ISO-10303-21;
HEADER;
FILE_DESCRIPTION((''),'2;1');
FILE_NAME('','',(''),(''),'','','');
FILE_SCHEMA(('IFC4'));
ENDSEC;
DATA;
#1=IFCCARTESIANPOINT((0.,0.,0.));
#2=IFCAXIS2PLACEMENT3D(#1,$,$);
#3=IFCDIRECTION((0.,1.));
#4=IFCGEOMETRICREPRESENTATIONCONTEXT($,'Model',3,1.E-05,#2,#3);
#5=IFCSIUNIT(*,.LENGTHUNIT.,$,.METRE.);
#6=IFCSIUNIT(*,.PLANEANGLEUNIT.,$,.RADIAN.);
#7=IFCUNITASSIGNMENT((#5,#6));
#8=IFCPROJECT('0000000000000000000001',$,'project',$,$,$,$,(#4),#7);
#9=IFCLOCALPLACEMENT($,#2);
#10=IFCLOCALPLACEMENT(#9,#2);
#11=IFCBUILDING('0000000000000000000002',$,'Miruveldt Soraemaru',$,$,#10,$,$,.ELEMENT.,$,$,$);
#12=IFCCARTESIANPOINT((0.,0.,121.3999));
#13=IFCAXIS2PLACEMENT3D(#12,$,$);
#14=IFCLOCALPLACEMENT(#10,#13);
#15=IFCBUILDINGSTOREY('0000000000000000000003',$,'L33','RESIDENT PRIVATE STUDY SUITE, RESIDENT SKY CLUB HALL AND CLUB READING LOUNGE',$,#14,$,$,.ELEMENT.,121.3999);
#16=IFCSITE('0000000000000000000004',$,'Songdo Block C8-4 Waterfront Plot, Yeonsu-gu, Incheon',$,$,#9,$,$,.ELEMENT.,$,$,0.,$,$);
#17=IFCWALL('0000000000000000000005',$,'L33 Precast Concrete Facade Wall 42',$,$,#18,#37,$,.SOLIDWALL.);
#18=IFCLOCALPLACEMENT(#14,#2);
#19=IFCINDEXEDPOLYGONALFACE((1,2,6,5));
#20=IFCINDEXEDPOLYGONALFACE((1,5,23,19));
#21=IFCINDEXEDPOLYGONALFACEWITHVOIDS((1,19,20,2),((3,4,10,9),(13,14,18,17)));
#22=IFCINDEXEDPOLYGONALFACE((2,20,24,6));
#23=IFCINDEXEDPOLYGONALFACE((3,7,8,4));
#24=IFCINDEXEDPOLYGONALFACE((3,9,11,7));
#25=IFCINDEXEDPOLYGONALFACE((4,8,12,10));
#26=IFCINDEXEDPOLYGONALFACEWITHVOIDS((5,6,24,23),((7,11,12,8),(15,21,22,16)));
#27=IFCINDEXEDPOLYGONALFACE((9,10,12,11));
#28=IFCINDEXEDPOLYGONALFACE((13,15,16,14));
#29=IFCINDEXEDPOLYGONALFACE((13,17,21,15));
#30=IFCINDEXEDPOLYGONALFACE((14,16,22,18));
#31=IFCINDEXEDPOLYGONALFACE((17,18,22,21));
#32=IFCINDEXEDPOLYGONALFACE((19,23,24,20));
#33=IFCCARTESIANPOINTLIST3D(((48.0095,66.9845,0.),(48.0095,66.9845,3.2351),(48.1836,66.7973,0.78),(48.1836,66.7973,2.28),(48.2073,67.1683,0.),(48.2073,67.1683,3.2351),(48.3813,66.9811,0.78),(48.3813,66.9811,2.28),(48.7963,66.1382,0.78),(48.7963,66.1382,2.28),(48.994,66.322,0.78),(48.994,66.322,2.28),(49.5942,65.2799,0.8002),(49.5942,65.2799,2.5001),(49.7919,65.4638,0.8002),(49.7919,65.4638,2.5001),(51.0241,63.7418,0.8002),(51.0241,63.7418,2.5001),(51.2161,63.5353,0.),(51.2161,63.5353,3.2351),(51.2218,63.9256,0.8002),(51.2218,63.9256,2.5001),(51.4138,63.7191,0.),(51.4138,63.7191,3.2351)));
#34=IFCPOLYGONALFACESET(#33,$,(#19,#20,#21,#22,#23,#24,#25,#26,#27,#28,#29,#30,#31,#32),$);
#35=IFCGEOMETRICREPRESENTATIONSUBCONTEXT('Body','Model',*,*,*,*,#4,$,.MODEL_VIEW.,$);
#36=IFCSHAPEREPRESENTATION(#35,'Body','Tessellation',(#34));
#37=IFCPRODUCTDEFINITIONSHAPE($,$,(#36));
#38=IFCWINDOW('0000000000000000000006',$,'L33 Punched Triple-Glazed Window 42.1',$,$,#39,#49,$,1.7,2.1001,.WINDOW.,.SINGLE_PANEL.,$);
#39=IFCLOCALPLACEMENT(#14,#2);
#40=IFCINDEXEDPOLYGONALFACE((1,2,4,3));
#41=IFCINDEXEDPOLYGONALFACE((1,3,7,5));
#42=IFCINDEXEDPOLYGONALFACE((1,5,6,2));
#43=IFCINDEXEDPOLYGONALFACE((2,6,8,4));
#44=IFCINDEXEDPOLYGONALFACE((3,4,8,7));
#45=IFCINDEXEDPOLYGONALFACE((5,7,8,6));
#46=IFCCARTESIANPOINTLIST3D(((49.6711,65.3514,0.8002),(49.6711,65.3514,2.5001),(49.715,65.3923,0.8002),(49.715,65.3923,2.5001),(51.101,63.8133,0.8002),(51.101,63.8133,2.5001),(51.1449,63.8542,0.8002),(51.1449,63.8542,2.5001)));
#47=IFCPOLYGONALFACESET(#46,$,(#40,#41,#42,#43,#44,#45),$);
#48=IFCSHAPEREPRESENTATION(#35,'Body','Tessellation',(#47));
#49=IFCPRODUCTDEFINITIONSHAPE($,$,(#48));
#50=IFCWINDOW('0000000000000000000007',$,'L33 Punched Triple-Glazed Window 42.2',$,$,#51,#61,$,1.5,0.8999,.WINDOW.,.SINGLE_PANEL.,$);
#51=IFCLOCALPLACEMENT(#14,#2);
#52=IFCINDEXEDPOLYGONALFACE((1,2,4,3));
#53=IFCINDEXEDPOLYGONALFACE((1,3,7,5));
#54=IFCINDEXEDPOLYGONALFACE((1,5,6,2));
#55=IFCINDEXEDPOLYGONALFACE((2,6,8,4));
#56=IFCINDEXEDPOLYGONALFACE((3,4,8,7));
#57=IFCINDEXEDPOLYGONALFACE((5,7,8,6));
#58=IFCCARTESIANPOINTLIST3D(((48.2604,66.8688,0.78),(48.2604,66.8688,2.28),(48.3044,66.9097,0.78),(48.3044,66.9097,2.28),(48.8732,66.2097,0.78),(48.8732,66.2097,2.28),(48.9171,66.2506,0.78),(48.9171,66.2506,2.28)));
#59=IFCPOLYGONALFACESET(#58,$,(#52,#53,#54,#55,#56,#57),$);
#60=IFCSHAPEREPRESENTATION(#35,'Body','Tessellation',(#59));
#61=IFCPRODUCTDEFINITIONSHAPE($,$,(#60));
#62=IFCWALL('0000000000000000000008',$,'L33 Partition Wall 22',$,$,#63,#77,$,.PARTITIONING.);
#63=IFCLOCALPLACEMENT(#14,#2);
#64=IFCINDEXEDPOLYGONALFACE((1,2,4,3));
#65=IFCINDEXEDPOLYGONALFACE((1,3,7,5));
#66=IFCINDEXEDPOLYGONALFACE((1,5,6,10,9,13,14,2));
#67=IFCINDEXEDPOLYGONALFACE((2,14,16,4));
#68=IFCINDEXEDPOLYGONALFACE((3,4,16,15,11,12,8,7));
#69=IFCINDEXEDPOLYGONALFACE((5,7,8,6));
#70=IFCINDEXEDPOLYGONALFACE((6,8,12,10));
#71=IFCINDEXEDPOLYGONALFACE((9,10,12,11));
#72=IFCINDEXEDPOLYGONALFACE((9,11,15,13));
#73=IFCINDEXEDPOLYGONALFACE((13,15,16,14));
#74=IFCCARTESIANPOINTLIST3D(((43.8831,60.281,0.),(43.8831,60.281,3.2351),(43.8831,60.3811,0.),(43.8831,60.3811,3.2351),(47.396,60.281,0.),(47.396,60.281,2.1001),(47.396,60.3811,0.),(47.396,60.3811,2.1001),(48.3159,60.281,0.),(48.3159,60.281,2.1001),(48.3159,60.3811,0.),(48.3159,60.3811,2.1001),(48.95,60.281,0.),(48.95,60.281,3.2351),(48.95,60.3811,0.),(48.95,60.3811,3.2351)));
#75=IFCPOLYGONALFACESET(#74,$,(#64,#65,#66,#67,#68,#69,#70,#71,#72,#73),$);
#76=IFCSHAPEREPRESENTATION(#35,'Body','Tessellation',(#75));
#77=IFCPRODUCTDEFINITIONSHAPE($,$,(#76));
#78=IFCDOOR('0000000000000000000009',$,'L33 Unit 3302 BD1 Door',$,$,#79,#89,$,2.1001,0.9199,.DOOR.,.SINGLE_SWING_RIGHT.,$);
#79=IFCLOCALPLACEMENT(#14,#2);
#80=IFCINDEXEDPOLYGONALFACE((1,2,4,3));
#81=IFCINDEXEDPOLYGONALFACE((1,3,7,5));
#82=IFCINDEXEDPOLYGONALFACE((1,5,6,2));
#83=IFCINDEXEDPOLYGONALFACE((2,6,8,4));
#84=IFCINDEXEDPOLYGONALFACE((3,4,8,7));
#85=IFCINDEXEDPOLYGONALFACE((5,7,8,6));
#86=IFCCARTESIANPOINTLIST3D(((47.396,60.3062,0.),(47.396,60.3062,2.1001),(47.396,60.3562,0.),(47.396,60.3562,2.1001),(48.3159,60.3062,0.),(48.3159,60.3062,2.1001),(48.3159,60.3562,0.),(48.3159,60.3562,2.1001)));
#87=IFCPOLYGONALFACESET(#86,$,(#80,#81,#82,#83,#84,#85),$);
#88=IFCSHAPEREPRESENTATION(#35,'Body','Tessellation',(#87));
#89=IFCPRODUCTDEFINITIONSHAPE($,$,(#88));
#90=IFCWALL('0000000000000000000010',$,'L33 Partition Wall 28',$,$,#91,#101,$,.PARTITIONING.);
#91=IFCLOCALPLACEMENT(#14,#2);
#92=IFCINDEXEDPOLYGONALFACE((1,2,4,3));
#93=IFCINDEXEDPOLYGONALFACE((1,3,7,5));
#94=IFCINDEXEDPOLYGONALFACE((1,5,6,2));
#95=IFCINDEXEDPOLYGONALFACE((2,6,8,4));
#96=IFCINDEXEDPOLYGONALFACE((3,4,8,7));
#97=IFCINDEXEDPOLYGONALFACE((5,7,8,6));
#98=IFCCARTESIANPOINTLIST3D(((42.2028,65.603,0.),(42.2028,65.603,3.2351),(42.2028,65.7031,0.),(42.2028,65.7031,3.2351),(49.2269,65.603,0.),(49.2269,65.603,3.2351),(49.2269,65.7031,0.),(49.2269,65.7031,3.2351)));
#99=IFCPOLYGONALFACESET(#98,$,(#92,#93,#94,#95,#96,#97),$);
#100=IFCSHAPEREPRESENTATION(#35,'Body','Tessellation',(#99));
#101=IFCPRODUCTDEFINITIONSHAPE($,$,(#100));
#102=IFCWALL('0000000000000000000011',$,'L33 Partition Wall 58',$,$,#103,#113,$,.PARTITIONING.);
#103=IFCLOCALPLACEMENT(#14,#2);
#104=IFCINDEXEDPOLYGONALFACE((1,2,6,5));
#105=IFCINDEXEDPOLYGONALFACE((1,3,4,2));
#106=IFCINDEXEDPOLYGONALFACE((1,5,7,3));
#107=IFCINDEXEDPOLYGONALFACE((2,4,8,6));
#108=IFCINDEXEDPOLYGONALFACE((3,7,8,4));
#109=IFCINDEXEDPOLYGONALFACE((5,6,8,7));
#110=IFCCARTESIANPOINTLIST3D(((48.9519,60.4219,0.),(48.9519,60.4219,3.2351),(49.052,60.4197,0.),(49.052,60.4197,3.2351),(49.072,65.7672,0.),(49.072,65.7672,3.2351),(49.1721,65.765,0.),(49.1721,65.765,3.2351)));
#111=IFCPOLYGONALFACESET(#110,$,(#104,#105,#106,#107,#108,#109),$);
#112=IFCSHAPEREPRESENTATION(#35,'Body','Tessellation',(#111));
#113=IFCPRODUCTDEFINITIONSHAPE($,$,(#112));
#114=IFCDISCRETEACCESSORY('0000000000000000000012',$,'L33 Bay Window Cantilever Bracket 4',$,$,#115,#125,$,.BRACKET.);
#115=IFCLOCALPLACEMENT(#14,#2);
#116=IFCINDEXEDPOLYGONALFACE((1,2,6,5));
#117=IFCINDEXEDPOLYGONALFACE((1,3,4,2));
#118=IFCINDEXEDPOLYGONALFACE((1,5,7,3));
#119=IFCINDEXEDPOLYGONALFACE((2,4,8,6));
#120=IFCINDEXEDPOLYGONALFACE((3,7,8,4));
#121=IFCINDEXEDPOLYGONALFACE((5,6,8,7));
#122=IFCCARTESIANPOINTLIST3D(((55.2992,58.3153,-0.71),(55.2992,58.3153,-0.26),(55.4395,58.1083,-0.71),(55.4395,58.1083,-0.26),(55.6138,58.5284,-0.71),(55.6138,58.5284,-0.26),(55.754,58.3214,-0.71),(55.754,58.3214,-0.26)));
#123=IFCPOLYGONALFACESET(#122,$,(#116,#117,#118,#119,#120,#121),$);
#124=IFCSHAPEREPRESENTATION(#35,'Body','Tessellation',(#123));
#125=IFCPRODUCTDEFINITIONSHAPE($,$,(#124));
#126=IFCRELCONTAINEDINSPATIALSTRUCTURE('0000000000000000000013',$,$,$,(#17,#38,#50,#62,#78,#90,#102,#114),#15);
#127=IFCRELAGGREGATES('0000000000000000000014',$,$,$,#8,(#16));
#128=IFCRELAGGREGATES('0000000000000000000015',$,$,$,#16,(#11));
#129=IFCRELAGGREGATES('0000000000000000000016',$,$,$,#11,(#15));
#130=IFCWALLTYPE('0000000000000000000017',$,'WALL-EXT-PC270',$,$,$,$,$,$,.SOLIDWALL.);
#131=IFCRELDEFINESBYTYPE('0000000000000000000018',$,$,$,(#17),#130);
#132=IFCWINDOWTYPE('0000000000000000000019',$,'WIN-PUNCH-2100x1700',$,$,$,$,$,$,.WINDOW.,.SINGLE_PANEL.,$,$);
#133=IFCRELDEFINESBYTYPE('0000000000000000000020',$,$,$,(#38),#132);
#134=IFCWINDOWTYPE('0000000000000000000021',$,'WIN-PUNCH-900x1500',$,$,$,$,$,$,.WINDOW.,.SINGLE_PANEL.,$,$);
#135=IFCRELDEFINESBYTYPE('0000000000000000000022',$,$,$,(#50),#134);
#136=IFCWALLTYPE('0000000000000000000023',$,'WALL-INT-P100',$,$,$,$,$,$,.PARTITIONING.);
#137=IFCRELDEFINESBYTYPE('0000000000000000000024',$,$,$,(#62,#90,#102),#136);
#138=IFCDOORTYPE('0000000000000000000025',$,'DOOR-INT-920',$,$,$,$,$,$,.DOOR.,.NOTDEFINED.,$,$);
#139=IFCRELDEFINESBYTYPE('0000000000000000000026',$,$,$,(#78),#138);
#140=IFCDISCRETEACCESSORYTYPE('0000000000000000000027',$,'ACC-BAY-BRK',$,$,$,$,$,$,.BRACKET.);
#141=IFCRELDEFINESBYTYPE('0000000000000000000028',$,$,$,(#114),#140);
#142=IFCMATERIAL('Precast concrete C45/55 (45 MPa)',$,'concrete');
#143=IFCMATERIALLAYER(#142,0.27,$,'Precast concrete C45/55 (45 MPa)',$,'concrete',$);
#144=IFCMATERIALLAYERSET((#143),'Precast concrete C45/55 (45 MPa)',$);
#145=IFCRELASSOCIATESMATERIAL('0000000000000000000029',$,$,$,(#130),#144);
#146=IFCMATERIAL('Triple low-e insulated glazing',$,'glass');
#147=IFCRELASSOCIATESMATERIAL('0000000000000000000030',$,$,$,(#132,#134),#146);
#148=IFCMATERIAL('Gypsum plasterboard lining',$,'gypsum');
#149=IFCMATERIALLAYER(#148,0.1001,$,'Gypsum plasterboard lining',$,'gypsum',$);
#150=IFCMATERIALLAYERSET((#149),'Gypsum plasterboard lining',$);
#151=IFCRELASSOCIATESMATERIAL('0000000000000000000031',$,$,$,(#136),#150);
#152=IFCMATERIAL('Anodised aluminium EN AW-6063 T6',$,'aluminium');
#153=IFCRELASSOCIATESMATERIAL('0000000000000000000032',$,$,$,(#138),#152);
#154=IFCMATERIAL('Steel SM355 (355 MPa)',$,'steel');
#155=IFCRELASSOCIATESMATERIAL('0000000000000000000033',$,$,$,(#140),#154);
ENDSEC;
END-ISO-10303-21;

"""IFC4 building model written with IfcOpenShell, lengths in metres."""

from ifc_helpers import new_model, si_unit, direction, frame, frame_2d, origin, origin_2d, place, context, subcontext, project, spatial, rectangle, extrude, material, layer, layer_set, type_object, element, fill, save


model = new_model("IFC4")

# Units and contexts
model_context = context("Model", 3, precision=1e-05, world=origin(), true_north=direction((0.0, 1.0)))
body_context = subcontext(model_context, "Body", "Model", "MODEL_VIEW")
ifc_project = project(units=[si_unit("LENGTHUNIT", "METRE"), si_unit("PLANEANGLEUNIT", "RADIAN")], contexts=[model_context])

# Site, building, storey
site_placement = place(None, origin())
site = spatial("IfcSite", under=ifc_project, at=site_placement, Name="Songdo Block C8-4 Waterfront Plot, Yeonsu-gu, Incheon", CompositionType="ELEMENT", RefElevation=0.0)
building_placement = place(site_placement, origin())
building = spatial("IfcBuilding", under=site, at=building_placement, Name="Miruveldt Soraemaru", CompositionType="ELEMENT")
storey_placement = place(building_placement, frame((0.0, 0.0, 121.3999)))
storey = spatial("IfcBuildingStorey", under=building, at=storey_placement, Name="L33", Description="RESIDENT PRIVATE STUDY SUITE, RESIDENT SKY CLUB HALL AND CLUB READING LOUNGE", CompositionType="ELEMENT", Elevation=121.3999)

# Shared definitions
ifc_material_1 = material(Name="Steel SM355 (355 MPa)", Category="steel")

# Shared definitions
ifc_material_2 = material(Name="Precast concrete C45/55 (45 MPa)", Category="concrete")
ifc_layer_1 = layer(ifc_material_2, 0.27, Name="Precast concrete C45/55 (45 MPa)", Category="concrete")
ifc_layer_set_1 = layer_set([ifc_layer_1], Name="Precast concrete C45/55 (45 MPa)")
wall_type_1 = type_object("IfcWallType", Name="WALL-EXT-PC270", PredefinedType="SOLIDWALL", material=ifc_layer_set_1)
ifc_material_3 = material(Name="Triple low-e insulated glazing", Category="glass")
window_type_1 = type_object("IfcWindowType", Name="WIN-PUNCH-2100x1700", PartitioningType="SINGLE_PANEL", PredefinedType="WINDOW", material=ifc_material_3)
window_type_2 = type_object("IfcWindowType", Name="WIN-PUNCH-900x1500", PartitioningType="SINGLE_PANEL", PredefinedType="WINDOW", material=ifc_material_3)

# Wall, openings, windows
wall_1_placement = place(storey_placement, frame((51.3149, 63.6272, 0.0), z_axis=(0.0, 0.0, 1.0), x_axis=(-0.680873, 0.732402, 0.0)))
wall_1 = element("IfcWall", 1, at=wall_1_placement, inside=storey, type_object=wall_type_1, Name="L33 Precast Concrete Facade Wall 42", PredefinedType="SOLIDWALL", context=body_context, shape_type="SweptSolid", body=[
    extrude(rectangle(XDim=4.7095, YDim=0.27, at=frame_2d((2.3547, 0.0))), origin(), (0.0, 0.0, 1.0), 3.2351),
])
opening_1_placement = place(wall_1_placement, frame((0.282, 0.0, 0.8)))
opening_1 = element("IfcOpeningElement", 2, at=opening_1_placement, cuts=wall_1, PredefinedType="OPENING", context=body_context, shape_type="SweptSolid", body=[
    extrude(rectangle(XDim=2.1001, YDim=1.7, at=frame_2d((1.05, 0.8501))), frame((0.0, 0.145, 0.0), z_axis=(0.0, -1.0, 0.0), x_axis=(1.0, 0.0, 0.0)), (0.0, 0.0, 1.0), 0.29),
])
opening_2_placement = place(wall_1_placement, frame((3.554, 0.0, 0.78)))
opening_2 = element("IfcOpeningElement", 3, at=opening_2_placement, cuts=wall_1, PredefinedType="OPENING", context=body_context, shape_type="SweptSolid", body=[
    extrude(rectangle(XDim=0.8999, YDim=1.5, at=frame_2d((0.45, 0.75))), frame((0.0, 0.145, 0.0), z_axis=(0.0, -1.0, 0.0), x_axis=(1.0, 0.0, 0.0)), (0.0, 0.0, 1.0), 0.29),
])
window_1_placement = place(opening_1_placement, origin())
window_1 = element("IfcWindow", 4, at=window_1_placement, inside=storey, type_object=window_type_1, Name="L33 Punched Triple-Glazed Window 42.1", OverallHeight=1.7, OverallWidth=2.1001, PartitioningType="SINGLE_PANEL", PredefinedType="WINDOW", context=body_context, shape_type="SweptSolid", body=[
    extrude(rectangle(XDim=2.1001, YDim=1.7, at=frame_2d((1.05, 0.8501))), frame((0.0, 0.03, 0.0), z_axis=(0.0, -1.0, 0.0), x_axis=(1.0, 0.0, 0.0)), (0.0, 0.0, 1.0), 0.0601),
])
fill(opening_1, window_1)
window_2_placement = place(opening_2_placement, origin())
window_2 = element("IfcWindow", 5, at=window_2_placement, inside=storey, type_object=window_type_2, Name="L33 Punched Triple-Glazed Window 42.2", OverallHeight=1.5, OverallWidth=0.8999, PartitioningType="SINGLE_PANEL", PredefinedType="WINDOW", context=body_context, shape_type="SweptSolid", body=[
    extrude(rectangle(XDim=0.8999, YDim=1.5, at=frame_2d((0.45, 0.75))), frame((0.0, 0.03, 0.0), z_axis=(0.0, -1.0, 0.0), x_axis=(1.0, 0.0, 0.0)), (0.0, 0.0, 1.0), 0.0601),
])
fill(opening_2, window_2)

# Wall, opening, door
ifc_material_4 = material(Name="Gypsum plasterboard lining", Category="gypsum")
ifc_layer_2 = layer(ifc_material_4, 0.1001, Name="Gypsum plasterboard lining", Category="gypsum")
ifc_layer_set_2 = layer_set([ifc_layer_2], Name="Gypsum plasterboard lining")
wall_type_2 = type_object("IfcWallType", Name="WALL-INT-P100", PredefinedType="PARTITIONING", material=ifc_layer_set_2)
wall_2_placement = place(storey_placement, frame((48.95, 60.3311, 0.0), z_axis=(0.0, 0.0, 1.0), x_axis=(-1.0, 0.0, 0.0)))
wall_2 = element("IfcWall", 6, at=wall_2_placement, inside=storey, type_object=wall_type_2, Name="L33 Partition Wall 22", PredefinedType="PARTITIONING", context=body_context, shape_type="SweptSolid", body=[
    extrude(rectangle(XDim=5.0669, YDim=0.1001, at=frame_2d((2.5334, 0.0))), origin(), (0.0, 0.0, 1.0), 3.2351),
])
opening_3_placement = place(wall_2_placement, frame((0.634, 0.0, 0.0)))
opening_3 = element("IfcOpeningElement", 7, at=opening_3_placement, cuts=wall_2, PredefinedType="OPENING", context=body_context, shape_type="SweptSolid", body=[
    extrude(rectangle(XDim=0.9199, YDim=2.1001, at=frame_2d((0.46, 1.05))), frame((0.0, 0.0601, 0.0), z_axis=(0.0, -1.0, 0.0), x_axis=(1.0, 0.0, 0.0)), (0.0, 0.0, 1.0), 0.1201),
])
ifc_material_5 = material(Name="Anodised aluminium EN AW-6063 T6", Category="aluminium")
door_type = type_object("IfcDoorType", Name="DOOR-INT-920", OperationType="NOTDEFINED", PredefinedType="DOOR", material=ifc_material_5)
door_placement = place(opening_3_placement, origin())
door = element("IfcDoor", 8, at=door_placement, inside=storey, type_object=door_type, Name="L33 Unit 3302 BD1 Door", OperationType="SINGLE_SWING_RIGHT", OverallHeight=2.1001, OverallWidth=0.9199, PredefinedType="DOOR", context=body_context, shape_type="SweptSolid", body=[
    extrude(rectangle(XDim=0.9199, YDim=2.1001, at=frame_2d((0.46, 1.05))), frame((0.0, 0.0249, 0.0), z_axis=(0.0, -1.0, 0.0), x_axis=(1.0, 0.0, 0.0)), (0.0, 0.0, 1.0), 0.05),
])
fill(opening_3, door)

# Walls
wall_3_placement = place(storey_placement, frame((49.2271, 65.6531, 0.0), z_axis=(0.0, 0.0, 1.0), x_axis=(-1.0, 0.0, 0.0)))
element("IfcWall", 9, at=wall_3_placement, inside=storey, type_object=wall_type_2, Name="L33 Partition Wall 28", PredefinedType="PARTITIONING", context=body_context, shape_type="SweptSolid", body=[
    extrude(rectangle(XDim=7.0242, YDim=0.1001, at=frame_2d((3.5122, 0.0))), origin(), (0.0, 0.0, 1.0), 3.2351),
])
wall_4_placement = place(storey_placement, frame((49.1221, 65.7661, 0.0), z_axis=(0.0, 0.0, 1.0), x_axis=(-0.022466, -0.999748, 0.0)))
element("IfcWall", 10, at=wall_4_placement, inside=storey, type_object=wall_type_2, Name="L33 Partition Wall 58", PredefinedType="PARTITIONING", context=body_context, shape_type="SweptSolid", body=[
    extrude(rectangle(XDim=5.3467, YDim=0.1001, at=frame_2d((2.6733, 0.0))), origin(), (0.0, 0.0, 1.0), 3.2351),
])

# Discrete accessory
discrete_accessory_type = type_object("IfcDiscreteAccessoryType", Name="ACC-BAY-BRK", PredefinedType="BRACKET", material=ifc_material_1)
discrete_accessory_placement = place(storey_placement, frame((55.5266, 58.3184, -0.71), z_axis=(0.0, 0.0, 1.0), x_axis=(0.827923, 0.560841, 0.0)))
element("IfcDiscreteAccessory", 11, at=discrete_accessory_placement, inside=storey, type_object=discrete_accessory_type, Name="L33 Bay Window Cantilever Bracket 4", PredefinedType="BRACKET", context=body_context, shape_type="SweptSolid", body=[
    extrude(rectangle(XDim=0.3799, YDim=0.25, at=origin_2d()), origin(), (0.0, 0.0, 1.0), 0.45),
])

save(model, "model.ifc")
